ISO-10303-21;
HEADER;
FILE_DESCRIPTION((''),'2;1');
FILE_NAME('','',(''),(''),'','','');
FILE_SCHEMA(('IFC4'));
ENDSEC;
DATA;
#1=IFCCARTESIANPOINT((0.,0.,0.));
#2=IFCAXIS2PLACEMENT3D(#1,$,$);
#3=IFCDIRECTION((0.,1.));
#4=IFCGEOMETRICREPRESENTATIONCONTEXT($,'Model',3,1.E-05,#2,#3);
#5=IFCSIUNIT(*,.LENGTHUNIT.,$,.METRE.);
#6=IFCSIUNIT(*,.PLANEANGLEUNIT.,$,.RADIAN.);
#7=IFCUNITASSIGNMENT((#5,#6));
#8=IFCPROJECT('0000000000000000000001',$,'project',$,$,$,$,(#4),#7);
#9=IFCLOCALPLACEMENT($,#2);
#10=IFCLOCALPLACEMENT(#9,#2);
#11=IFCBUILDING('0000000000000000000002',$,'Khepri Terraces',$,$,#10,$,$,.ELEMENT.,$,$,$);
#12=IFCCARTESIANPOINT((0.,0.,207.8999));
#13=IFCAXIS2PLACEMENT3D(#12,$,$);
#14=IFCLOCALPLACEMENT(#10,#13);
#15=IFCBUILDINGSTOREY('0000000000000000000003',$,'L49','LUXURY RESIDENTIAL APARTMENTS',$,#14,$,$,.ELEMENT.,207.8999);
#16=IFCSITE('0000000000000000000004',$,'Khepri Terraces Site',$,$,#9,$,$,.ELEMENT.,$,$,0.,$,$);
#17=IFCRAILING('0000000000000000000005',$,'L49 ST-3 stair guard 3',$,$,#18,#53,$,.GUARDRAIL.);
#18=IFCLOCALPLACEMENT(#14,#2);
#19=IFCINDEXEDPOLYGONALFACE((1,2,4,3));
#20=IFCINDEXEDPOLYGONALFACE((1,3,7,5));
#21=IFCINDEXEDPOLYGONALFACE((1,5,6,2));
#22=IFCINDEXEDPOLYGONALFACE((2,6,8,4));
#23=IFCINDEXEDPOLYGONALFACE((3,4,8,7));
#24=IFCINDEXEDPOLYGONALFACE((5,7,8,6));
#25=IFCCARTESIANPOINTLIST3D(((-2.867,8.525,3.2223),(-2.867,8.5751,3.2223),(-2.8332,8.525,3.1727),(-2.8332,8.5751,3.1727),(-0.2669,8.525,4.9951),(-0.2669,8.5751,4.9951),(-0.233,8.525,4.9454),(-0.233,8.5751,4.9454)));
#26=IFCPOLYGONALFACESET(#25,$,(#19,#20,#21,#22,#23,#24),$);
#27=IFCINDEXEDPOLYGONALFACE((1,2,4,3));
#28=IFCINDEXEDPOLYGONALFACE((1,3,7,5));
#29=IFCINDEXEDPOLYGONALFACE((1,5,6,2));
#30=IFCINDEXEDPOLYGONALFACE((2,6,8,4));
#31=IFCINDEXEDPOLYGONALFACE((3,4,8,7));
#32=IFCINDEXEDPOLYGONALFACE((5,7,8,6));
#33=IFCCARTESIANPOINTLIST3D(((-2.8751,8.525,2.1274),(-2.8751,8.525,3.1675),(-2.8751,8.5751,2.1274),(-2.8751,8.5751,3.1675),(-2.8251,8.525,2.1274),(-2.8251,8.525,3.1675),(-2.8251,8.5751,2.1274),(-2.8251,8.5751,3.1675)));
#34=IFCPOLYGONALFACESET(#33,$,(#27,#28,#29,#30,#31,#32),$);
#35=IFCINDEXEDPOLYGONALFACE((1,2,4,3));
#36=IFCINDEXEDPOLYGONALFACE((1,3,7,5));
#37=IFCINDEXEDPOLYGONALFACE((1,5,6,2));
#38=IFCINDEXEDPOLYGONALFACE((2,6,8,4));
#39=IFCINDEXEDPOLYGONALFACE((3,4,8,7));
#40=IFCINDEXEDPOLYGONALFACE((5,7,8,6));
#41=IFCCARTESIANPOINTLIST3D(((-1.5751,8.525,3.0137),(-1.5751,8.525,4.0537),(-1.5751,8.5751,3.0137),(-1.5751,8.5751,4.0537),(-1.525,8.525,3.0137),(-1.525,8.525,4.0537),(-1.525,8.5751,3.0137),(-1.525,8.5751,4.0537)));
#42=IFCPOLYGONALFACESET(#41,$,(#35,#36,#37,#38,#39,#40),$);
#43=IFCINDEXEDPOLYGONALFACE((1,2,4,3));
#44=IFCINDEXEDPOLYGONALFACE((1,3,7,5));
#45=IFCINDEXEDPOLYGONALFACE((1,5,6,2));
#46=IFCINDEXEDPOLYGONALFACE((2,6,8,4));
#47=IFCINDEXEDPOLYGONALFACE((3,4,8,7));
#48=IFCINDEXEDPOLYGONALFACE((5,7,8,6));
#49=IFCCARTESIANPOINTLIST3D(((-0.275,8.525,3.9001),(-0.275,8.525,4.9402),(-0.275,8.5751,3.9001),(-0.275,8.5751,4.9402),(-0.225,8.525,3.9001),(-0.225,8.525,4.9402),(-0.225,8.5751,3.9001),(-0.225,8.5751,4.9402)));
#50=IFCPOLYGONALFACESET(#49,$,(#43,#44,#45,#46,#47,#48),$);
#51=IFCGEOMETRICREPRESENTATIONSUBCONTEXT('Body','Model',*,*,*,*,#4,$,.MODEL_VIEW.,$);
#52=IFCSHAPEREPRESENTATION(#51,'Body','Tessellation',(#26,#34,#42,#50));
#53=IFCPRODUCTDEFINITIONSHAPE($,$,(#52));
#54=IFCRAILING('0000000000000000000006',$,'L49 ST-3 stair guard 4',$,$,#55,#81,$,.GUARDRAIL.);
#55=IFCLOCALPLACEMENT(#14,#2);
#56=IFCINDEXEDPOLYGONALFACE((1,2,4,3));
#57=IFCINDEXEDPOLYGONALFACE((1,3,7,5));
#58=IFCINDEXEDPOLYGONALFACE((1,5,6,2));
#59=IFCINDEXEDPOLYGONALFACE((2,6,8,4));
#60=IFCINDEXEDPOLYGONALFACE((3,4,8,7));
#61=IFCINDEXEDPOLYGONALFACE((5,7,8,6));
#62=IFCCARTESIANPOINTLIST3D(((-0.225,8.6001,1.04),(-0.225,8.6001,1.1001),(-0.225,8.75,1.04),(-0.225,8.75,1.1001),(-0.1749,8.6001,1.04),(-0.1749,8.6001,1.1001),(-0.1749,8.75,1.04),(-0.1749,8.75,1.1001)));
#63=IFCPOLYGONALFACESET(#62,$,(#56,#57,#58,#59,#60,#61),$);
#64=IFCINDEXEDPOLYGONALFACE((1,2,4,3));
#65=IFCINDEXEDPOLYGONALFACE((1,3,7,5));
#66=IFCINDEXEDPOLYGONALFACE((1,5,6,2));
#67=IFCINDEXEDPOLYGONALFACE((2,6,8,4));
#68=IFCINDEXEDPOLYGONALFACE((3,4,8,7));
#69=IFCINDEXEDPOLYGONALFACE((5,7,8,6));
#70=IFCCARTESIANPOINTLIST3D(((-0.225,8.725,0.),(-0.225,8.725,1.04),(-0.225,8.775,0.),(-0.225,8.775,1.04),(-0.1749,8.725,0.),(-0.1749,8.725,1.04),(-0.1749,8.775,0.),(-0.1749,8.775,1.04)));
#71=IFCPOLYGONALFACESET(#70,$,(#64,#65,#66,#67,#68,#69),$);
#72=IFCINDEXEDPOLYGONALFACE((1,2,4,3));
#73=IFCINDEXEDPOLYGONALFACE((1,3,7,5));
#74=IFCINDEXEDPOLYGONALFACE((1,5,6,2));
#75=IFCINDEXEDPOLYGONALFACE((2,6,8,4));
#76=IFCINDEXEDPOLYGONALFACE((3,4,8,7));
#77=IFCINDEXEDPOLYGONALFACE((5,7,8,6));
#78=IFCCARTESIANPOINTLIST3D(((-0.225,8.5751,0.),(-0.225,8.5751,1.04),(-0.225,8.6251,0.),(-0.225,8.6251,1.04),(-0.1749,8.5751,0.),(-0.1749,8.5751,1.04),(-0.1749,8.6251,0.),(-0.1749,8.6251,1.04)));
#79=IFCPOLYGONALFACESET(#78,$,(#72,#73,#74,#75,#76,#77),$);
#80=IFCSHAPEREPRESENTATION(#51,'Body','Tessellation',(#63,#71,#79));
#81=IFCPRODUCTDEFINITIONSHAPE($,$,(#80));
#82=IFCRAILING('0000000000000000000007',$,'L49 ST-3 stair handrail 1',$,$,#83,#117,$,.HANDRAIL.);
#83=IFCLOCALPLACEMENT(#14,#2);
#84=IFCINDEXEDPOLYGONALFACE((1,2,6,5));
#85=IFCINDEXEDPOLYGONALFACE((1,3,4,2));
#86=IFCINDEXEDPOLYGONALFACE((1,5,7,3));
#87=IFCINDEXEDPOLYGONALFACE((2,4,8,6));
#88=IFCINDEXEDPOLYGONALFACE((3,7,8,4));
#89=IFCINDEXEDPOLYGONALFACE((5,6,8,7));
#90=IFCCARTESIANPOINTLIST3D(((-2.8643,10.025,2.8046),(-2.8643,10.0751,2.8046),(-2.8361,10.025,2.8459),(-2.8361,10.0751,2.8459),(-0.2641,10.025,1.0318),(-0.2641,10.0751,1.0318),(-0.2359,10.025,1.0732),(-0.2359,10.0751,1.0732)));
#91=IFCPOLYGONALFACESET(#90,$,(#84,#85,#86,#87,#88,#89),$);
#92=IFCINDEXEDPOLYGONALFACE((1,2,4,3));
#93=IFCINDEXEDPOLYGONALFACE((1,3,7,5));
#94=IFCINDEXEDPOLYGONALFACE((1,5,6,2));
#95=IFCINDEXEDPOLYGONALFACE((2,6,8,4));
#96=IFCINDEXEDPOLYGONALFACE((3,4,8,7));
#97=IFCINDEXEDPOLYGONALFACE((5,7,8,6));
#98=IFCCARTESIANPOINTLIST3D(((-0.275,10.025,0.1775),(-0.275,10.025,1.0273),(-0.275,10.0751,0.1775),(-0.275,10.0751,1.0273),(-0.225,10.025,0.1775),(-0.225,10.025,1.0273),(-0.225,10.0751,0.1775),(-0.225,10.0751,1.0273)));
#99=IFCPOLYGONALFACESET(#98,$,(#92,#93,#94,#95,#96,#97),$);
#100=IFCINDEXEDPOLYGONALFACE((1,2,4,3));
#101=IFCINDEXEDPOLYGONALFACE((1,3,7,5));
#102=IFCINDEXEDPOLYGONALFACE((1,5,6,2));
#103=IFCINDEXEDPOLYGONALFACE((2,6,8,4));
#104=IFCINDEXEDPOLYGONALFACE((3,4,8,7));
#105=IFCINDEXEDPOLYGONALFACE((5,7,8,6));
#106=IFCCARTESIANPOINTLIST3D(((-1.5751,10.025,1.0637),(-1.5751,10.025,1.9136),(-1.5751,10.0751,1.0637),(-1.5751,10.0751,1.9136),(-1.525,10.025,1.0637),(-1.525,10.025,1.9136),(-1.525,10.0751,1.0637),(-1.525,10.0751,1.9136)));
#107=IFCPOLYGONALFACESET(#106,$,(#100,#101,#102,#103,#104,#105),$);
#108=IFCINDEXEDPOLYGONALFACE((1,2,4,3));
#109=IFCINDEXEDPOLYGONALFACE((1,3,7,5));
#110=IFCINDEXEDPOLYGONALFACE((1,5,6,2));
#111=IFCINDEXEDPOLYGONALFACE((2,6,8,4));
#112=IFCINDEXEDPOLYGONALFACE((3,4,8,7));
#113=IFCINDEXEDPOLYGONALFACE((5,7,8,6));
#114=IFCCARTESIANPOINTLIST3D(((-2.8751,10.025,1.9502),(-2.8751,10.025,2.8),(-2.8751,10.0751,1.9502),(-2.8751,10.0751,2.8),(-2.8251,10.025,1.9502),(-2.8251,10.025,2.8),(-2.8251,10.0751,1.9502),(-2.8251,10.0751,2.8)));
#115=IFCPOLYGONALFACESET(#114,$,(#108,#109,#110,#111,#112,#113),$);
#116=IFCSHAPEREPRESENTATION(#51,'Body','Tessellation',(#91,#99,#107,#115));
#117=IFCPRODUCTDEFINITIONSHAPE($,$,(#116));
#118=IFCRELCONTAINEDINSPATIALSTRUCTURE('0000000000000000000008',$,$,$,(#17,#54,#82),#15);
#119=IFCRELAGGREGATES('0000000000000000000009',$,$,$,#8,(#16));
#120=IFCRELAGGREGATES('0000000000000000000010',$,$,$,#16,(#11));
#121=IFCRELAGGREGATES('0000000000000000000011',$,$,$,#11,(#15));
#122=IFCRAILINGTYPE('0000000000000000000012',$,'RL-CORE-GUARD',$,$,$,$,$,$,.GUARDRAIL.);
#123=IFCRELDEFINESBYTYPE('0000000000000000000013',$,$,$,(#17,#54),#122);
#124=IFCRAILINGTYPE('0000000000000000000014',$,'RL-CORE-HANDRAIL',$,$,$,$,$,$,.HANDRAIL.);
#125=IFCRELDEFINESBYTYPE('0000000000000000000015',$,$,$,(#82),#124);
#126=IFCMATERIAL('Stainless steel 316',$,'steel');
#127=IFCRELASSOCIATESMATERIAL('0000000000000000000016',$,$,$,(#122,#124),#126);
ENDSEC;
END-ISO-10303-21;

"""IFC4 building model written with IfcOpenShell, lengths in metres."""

from ifc_helpers import new_model, si_unit, direction, frame, origin, origin_2d, place, context, subcontext, project, spatial, rectangle, extrude, material, type_object, element, save


model = new_model("IFC4")

# Units and contexts
model_context = context("Model", 3, precision=1e-05, world=origin(), true_north=direction((0.0, 1.0)))
body_context = subcontext(model_context, "Body", "Model", "MODEL_VIEW")
ifc_project = project(units=[si_unit("LENGTHUNIT", "METRE"), si_unit("PLANEANGLEUNIT", "RADIAN")], contexts=[model_context])

# Site, building, storey
site_placement = place(None, origin())
site = spatial("IfcSite", under=ifc_project, at=site_placement, Name="Khepri Terraces Site", CompositionType="ELEMENT", RefElevation=0.0)
building_placement = place(site_placement, origin())
building = spatial("IfcBuilding", under=site, at=building_placement, Name="Khepri Terraces", CompositionType="ELEMENT")
storey_placement = place(building_placement, frame((0.0, 0.0, 207.8999)))
storey = spatial("IfcBuildingStorey", under=building, at=storey_placement, Name="L49", Description="LUXURY RESIDENTIAL APARTMENTS", CompositionType="ELEMENT", Elevation=207.8999)

# Railings
ifc_material_1 = material(Name="Stainless steel 316", Category="steel")
railing_type_1 = type_object("IfcRailingType", Name="RL-CORE-GUARD", PredefinedType="GUARDRAIL", material=ifc_material_1)
railing_1_placement = place(storey_placement, frame((-2.8501, 8.55, 2.1274)))
element("IfcRailing", 1, at=railing_1_placement, inside=storey, type_object=railing_type_1, Name="L49 ST-3 stair guard 3", PredefinedType="GUARDRAIL", context=body_context, shape_type="SweptSolid", body=[
    extrude(rectangle(XDim=0.05, YDim=0.0601, at=origin_2d()), frame((0.0, 0.0, 1.0701), z_axis=(0.82624, 0.0, 0.563318), x_axis=(0.0, 1.0, 0.0)), (0.0, 0.0, 1.0), 3.147),
    extrude(rectangle(XDim=0.05, YDim=0.05, at=origin_2d()), origin(), (0.0, 0.0, 1.0), 1.04),
    extrude(rectangle(XDim=0.05, YDim=0.05, at=origin_2d()), frame((1.3, 0.0, 0.8862)), (0.0, 0.0, 1.0), 1.04),
    extrude(rectangle(XDim=0.05, YDim=0.05, at=origin_2d()), frame((2.6001, 0.0, 1.7727)), (0.0, 0.0, 1.0), 1.04),
])
railing_2_placement = place(storey_placement, frame((-0.2, 8.75, 0.0)))
element("IfcRailing", 2, at=railing_2_placement, inside=storey, type_object=railing_type_1, Name="L49 ST-3 stair guard 4", PredefinedType="GUARDRAIL", context=body_context, shape_type="SweptSolid", body=[
    extrude(rectangle(XDim=0.05, YDim=0.0601, at=origin_2d()), frame((0.0, 0.0, 1.0701), z_axis=(0.0, -1.0, 0.0), x_axis=(1.0, 0.0, 0.0)), (0.0, 0.0, 1.0), 0.1499),
    extrude(rectangle(XDim=0.05, YDim=0.05, at=origin_2d()), origin(), (0.0, 0.0, 1.0), 1.04),
    extrude(rectangle(XDim=0.05, YDim=0.05, at=origin_2d()), frame((0.0, -0.1499, 0.0)), (0.0, 0.0, 1.0), 1.04),
])
railing_type_2 = type_object("IfcRailingType", Name="RL-CORE-HANDRAIL", PredefinedType="HANDRAIL", material=ifc_material_1)
railing_3_placement = place(storey_placement, frame((-0.25, 10.05, 0.1775)))
element("IfcRailing", 3, at=railing_3_placement, inside=storey, type_object=railing_type_2, Name="L49 ST-3 stair handrail 1", PredefinedType="HANDRAIL", context=body_context, shape_type="SweptSolid", body=[
    extrude(rectangle(XDim=0.05, YDim=0.05, at=origin_2d()), frame((0.0, 0.0, 0.875), z_axis=(-0.82624, 0.0, 0.563318), x_axis=(0.0, -1.0, 0.0)), (0.0, 0.0, 1.0), 3.147),
    extrude(rectangle(XDim=0.05, YDim=0.05, at=origin_2d()), origin(), (0.0, 0.0, 1.0), 0.8499),
    extrude(rectangle(XDim=0.05, YDim=0.05, at=origin_2d()), frame((-1.3, 0.0, 0.8862)), (0.0, 0.0, 1.0), 0.8499),
    extrude(rectangle(XDim=0.05, YDim=0.05, at=origin_2d()), frame((-2.6001, 0.0, 1.7727)), (0.0, 0.0, 1.0), 0.8499),
])

save(model, "model.ifc")
